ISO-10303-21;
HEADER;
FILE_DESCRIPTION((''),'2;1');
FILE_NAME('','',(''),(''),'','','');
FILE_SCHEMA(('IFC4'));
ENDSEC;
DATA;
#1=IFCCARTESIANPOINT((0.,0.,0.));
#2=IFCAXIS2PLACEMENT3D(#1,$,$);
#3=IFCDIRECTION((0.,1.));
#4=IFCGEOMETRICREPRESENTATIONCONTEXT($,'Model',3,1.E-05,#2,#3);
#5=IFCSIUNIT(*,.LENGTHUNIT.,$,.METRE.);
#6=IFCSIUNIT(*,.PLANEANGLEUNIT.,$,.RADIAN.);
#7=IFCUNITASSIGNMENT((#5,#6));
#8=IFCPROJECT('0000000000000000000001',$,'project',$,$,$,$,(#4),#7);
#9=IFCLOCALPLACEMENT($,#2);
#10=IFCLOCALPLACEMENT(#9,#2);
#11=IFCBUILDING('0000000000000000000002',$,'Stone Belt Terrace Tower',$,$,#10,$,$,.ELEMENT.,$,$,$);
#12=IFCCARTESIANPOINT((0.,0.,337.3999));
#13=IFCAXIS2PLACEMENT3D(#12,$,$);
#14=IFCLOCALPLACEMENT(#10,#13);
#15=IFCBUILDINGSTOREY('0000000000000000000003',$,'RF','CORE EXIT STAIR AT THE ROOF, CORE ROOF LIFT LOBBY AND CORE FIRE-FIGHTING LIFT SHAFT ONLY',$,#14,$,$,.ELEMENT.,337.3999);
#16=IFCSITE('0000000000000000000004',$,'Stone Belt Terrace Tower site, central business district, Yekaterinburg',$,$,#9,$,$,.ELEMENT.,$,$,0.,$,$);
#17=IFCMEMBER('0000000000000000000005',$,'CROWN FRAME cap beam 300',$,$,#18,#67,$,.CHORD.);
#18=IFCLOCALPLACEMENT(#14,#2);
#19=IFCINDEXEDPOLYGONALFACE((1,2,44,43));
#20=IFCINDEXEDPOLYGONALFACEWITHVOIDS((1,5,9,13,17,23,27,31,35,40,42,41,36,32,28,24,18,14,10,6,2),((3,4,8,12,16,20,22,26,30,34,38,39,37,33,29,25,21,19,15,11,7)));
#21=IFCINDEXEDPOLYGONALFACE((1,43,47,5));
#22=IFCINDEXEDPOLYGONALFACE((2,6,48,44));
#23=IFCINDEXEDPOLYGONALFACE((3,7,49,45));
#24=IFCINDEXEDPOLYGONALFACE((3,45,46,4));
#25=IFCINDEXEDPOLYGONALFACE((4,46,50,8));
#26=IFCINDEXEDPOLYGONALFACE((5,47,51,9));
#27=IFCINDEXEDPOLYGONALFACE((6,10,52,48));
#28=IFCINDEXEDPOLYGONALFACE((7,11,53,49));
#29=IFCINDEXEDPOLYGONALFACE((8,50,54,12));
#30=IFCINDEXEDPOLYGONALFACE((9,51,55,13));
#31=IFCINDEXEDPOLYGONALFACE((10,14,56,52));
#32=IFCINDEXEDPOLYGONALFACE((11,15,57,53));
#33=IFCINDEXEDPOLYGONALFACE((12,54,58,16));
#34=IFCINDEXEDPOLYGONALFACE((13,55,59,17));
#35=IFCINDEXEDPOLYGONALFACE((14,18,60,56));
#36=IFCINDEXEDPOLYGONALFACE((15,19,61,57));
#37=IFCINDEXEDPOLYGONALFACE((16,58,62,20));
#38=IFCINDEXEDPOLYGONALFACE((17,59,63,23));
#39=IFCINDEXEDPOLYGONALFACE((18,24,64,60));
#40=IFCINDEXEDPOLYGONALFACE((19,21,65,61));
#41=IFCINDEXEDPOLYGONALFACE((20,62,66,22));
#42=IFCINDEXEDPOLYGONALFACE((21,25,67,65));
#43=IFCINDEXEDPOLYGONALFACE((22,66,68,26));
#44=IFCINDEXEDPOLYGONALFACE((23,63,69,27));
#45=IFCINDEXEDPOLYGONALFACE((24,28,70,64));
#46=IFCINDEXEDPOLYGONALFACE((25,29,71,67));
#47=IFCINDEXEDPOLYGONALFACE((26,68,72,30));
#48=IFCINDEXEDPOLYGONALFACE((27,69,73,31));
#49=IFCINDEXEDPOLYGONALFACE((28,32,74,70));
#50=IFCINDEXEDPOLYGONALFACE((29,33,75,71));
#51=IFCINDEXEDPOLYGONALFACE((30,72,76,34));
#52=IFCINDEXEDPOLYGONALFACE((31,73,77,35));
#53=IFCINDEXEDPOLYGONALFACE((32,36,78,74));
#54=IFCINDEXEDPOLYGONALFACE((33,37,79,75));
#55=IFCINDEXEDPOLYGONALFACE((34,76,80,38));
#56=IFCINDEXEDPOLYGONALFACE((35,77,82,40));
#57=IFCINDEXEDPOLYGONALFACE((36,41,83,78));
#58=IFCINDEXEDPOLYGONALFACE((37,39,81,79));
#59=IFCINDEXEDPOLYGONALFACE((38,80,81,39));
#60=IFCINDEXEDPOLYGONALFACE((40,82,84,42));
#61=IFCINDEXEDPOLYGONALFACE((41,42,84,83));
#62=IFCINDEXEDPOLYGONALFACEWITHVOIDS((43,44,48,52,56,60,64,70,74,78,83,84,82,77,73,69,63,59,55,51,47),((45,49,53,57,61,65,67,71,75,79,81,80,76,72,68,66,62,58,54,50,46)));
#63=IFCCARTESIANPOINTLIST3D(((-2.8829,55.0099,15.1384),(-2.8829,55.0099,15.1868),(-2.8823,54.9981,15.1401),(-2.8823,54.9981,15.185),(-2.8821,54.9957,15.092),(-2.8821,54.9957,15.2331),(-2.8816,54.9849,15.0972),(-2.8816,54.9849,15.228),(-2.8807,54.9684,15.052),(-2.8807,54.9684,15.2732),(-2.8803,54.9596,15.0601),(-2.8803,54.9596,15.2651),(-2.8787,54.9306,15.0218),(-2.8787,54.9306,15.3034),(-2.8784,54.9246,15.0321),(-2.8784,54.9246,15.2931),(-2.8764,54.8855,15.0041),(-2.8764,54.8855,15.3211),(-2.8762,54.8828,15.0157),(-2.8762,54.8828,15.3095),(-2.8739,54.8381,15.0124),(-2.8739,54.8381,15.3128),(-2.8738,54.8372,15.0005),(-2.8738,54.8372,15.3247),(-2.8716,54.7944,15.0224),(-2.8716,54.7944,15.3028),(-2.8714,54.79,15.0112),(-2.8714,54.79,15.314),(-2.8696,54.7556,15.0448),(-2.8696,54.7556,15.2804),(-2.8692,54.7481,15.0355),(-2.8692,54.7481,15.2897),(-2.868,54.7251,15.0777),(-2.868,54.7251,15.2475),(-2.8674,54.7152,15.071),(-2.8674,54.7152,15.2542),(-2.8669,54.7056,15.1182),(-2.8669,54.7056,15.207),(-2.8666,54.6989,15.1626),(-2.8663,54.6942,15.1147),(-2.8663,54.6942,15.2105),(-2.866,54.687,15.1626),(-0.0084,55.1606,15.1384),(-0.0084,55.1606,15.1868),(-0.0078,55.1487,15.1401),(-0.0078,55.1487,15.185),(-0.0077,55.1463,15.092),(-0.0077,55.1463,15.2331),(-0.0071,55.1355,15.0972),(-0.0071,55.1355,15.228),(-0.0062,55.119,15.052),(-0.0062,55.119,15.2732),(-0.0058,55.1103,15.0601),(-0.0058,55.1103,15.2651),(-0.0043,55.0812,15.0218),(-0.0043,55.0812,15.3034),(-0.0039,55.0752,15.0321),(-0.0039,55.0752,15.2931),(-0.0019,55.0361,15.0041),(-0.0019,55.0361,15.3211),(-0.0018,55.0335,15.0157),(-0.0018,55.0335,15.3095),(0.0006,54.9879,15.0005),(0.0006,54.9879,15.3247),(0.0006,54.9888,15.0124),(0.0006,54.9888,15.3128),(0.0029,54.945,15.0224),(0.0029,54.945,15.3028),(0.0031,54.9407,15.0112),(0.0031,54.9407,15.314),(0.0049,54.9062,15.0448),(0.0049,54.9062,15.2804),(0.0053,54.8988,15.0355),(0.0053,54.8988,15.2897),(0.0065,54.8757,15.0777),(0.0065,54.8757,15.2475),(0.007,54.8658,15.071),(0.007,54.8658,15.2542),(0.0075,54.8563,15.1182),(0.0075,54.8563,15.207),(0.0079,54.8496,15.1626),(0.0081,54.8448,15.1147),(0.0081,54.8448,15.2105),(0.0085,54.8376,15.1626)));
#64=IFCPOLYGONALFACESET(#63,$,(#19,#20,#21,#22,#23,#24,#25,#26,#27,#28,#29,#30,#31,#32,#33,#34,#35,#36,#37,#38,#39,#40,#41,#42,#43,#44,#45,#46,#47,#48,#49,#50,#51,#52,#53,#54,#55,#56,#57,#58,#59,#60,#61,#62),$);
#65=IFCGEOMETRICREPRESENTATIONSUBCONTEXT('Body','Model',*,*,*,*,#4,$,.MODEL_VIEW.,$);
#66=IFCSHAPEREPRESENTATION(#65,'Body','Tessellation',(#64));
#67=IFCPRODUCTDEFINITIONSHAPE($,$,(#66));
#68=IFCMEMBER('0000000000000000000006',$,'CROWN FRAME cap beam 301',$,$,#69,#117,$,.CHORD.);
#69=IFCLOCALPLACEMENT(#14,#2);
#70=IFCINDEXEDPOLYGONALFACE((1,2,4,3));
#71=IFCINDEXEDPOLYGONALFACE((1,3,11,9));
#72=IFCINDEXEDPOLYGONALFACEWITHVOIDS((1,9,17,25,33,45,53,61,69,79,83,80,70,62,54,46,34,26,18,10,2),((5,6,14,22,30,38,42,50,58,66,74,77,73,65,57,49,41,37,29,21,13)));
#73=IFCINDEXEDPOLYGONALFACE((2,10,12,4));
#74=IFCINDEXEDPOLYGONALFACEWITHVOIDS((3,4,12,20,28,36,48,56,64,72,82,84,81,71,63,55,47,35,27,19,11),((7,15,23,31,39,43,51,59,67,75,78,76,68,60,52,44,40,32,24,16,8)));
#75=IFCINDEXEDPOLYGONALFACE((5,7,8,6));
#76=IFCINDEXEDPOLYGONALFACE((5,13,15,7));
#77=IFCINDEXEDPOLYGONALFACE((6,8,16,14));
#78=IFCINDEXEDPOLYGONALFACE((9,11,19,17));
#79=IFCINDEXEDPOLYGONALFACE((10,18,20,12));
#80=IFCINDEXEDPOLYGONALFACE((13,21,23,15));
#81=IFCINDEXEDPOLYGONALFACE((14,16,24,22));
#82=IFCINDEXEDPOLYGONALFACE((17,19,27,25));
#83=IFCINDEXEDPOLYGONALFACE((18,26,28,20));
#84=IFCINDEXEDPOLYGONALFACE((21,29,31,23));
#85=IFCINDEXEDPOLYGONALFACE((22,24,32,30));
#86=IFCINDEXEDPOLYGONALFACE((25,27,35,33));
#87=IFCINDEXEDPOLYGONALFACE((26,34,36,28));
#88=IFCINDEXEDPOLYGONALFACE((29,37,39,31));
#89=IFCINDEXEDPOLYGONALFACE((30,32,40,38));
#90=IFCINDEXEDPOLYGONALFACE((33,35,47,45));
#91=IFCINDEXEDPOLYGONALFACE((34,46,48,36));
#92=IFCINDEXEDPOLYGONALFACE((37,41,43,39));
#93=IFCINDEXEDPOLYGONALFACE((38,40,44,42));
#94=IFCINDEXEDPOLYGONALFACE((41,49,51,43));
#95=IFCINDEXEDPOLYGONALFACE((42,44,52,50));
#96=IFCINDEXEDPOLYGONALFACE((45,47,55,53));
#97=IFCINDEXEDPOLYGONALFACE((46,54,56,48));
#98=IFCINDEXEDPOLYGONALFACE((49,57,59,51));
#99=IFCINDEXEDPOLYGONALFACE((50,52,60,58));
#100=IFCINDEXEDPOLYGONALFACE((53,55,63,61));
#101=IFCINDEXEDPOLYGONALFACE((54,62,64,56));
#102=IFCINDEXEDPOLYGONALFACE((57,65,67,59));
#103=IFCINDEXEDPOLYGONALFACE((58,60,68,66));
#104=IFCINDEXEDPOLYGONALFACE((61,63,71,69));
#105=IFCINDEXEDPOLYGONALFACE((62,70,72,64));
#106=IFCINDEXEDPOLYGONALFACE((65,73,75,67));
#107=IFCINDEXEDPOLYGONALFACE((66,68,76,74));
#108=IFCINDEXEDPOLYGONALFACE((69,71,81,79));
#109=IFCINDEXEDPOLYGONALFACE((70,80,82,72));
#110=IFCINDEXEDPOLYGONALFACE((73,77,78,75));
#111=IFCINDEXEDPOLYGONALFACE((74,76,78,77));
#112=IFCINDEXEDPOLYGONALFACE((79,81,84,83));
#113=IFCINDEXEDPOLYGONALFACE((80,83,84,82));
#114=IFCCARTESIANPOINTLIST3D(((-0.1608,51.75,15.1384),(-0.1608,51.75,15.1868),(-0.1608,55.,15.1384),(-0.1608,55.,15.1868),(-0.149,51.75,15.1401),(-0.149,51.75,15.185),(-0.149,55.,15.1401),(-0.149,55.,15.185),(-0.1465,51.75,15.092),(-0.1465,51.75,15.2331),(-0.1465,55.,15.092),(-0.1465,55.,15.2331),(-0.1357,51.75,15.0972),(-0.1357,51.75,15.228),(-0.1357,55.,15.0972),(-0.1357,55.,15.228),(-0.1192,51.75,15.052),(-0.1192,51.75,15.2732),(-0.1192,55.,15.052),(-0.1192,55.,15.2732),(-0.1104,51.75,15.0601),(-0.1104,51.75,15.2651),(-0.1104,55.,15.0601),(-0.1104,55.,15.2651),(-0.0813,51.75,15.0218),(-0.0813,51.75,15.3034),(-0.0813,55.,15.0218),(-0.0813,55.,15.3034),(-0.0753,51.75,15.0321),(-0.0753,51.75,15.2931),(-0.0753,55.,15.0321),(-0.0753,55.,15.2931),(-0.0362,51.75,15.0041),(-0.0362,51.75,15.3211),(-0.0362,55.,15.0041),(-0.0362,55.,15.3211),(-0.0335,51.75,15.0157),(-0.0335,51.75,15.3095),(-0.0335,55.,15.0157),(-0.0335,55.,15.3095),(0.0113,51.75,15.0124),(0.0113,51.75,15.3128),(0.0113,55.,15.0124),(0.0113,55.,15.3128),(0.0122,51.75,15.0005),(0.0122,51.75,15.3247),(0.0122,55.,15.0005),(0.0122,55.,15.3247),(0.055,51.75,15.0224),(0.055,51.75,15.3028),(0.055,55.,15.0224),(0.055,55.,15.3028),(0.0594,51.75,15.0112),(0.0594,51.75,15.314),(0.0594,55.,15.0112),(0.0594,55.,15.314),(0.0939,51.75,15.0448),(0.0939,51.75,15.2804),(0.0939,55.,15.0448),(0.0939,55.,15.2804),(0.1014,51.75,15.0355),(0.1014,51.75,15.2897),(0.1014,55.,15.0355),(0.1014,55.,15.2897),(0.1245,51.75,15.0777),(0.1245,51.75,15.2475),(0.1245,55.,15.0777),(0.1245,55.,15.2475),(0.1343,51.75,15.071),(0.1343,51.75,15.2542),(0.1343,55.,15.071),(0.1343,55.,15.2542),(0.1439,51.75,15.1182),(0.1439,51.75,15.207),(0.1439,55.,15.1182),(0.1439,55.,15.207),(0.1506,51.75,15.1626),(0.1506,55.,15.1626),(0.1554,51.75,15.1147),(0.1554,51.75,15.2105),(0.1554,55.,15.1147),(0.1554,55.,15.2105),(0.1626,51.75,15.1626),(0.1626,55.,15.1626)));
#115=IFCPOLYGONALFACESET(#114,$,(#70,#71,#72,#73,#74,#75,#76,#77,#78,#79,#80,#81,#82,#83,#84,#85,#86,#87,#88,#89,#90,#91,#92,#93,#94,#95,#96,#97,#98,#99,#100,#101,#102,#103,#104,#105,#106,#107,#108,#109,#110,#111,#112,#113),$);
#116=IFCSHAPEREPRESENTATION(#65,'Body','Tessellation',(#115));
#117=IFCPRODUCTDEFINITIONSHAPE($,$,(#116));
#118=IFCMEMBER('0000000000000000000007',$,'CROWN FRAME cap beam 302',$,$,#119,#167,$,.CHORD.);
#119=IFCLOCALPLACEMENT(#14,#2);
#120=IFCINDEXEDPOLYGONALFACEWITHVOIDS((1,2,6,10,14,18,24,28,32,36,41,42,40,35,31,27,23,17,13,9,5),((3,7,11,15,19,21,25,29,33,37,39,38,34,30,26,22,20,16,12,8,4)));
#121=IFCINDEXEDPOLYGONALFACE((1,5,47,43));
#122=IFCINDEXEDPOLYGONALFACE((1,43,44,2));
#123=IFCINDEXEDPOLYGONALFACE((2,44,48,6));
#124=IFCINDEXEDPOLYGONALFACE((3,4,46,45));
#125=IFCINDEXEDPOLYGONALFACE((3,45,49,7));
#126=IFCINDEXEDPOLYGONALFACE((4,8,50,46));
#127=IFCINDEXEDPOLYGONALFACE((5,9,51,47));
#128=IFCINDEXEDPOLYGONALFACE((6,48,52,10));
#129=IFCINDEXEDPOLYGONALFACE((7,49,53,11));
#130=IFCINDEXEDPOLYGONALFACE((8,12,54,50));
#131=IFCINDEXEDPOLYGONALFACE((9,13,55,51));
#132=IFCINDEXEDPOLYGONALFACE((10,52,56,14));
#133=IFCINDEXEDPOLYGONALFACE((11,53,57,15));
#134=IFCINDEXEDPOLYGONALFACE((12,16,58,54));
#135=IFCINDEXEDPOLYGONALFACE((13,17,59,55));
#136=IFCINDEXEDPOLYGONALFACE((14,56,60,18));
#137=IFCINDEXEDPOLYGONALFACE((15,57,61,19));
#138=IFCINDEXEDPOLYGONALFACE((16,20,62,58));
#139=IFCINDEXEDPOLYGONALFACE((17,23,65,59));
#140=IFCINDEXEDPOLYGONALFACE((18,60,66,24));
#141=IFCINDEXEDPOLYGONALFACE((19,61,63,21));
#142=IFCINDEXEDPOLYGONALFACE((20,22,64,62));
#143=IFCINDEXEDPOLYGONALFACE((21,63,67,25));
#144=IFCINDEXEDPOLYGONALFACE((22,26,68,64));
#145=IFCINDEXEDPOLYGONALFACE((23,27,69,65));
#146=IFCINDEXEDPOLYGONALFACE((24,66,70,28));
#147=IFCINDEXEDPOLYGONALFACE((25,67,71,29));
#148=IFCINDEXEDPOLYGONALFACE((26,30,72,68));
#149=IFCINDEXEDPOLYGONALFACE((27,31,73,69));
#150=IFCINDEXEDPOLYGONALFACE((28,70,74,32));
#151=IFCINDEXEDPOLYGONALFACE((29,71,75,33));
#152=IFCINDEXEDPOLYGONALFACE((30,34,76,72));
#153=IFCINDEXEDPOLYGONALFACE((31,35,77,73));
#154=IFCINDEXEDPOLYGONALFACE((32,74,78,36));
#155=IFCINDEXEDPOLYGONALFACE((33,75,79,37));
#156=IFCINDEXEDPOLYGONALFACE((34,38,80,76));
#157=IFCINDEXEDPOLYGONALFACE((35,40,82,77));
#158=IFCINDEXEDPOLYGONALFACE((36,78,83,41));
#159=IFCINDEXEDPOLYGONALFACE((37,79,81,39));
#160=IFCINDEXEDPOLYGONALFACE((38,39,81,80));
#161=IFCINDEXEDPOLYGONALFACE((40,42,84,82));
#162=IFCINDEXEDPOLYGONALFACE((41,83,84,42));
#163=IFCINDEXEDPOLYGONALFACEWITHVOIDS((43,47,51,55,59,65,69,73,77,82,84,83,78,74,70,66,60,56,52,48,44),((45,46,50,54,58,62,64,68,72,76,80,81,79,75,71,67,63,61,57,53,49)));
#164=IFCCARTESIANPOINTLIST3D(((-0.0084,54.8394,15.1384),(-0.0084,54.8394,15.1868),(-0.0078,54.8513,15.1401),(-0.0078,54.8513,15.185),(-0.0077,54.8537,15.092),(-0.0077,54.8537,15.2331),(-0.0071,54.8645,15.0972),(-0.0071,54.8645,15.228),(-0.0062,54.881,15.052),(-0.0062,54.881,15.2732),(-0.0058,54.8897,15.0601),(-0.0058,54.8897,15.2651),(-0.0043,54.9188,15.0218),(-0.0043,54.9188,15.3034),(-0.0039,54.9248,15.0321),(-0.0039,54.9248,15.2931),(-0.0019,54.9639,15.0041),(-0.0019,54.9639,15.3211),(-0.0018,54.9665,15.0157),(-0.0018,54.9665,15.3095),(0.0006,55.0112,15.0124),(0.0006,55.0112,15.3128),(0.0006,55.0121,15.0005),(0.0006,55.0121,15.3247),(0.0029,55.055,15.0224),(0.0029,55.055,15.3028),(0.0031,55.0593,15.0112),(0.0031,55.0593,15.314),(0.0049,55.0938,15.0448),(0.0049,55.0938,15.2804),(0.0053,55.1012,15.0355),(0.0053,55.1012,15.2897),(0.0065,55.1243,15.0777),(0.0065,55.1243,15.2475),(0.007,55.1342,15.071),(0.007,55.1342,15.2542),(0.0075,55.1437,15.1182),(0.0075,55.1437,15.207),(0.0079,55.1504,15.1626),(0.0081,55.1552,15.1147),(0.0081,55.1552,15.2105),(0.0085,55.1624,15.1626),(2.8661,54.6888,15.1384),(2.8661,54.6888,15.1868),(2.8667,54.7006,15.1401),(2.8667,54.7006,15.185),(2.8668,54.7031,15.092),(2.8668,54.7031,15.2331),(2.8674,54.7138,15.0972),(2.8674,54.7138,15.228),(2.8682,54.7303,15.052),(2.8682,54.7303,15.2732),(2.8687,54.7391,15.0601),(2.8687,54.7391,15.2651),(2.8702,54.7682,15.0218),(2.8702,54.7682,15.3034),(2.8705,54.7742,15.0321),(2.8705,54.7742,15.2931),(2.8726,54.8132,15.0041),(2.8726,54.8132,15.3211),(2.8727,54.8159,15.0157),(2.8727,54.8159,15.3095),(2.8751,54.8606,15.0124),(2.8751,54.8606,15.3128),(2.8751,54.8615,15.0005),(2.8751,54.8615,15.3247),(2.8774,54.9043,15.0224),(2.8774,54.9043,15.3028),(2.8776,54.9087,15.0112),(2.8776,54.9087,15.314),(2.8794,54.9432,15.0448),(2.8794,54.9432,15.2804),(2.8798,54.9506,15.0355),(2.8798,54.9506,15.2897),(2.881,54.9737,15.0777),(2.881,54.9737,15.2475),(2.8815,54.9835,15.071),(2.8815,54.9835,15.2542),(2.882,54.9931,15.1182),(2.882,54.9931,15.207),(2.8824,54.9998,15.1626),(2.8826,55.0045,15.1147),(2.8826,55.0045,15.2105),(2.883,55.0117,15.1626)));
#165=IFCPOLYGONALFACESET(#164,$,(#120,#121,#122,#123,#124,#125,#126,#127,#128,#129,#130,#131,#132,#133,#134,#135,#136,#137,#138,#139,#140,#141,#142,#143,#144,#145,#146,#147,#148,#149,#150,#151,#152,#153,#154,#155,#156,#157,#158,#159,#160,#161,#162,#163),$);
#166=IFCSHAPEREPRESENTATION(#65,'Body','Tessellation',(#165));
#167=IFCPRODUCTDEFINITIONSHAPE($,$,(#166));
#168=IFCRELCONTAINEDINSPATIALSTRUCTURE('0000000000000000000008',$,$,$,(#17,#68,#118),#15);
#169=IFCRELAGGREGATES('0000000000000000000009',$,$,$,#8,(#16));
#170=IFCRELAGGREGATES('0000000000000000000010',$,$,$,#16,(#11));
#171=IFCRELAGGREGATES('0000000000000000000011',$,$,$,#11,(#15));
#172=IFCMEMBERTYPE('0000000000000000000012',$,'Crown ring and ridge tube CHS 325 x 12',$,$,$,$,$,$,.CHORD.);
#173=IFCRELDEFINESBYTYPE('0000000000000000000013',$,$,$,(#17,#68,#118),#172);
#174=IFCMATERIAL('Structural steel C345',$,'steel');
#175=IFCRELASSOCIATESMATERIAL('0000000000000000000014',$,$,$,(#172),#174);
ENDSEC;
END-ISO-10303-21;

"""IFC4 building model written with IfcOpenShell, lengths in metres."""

from ifc_helpers import new_model, si_unit, direction, frame, origin, origin_2d, place, context, subcontext, project, spatial, hollow_circle, extrude, material, material_profile, profile_set, type_object, element, save


model = new_model("IFC4")

# Units and contexts
model_context = context("Model", 3, precision=1e-05, world=origin(), true_north=direction((0.0, 1.0)))
body_context = subcontext(model_context, "Body", "Model", "MODEL_VIEW")
ifc_project = project(units=[si_unit("LENGTHUNIT", "METRE"), si_unit("PLANEANGLEUNIT", "RADIAN")], contexts=[model_context])

# Site, building, storey
site_placement = place(None, origin())
site = spatial("IfcSite", under=ifc_project, at=site_placement, Name="Stone Belt Terrace Tower site, central business district, Yekaterinburg", CompositionType="ELEMENT", RefElevation=0.0)
building_placement = place(site_placement, origin())
building = spatial("IfcBuilding", under=site, at=building_placement, Name="Stone Belt Terrace Tower", CompositionType="ELEMENT")
storey_placement = place(building_placement, frame((0.0, 0.0, 337.3999)))
storey = spatial("IfcBuildingStorey", under=building, at=storey_placement, Name="RF", Description="CORE EXIT STAIR AT THE ROOF, CORE ROOF LIFT LOBBY AND CORE FIRE-FIGHTING LIFT SHAFT ONLY", CompositionType="ELEMENT", Elevation=337.3999)

# Members
ifc_material_1 = material(Name="Structural steel C345", Category="steel")
ifc_material_profile_1 = material_profile(ifc_material_1, hollow_circle(Radius=0.1626, WallThickness=0.012, at=origin_2d()), Name="Structural steel C345 CHS 325x12")
ifc_profile_set_1 = profile_set([ifc_material_profile_1], Name="Structural steel C345")
member_type_1 = type_object("IfcMemberType", Name="Crown ring and ridge tube CHS 325 x 12", PredefinedType="CHORD", material=ifc_profile_set_1)
member_1_placement = place(storey_placement, frame((0.0, 55.0, 15.1626), z_axis=(-0.99863, -0.052332, 0.0), x_axis=(0.052332, -0.99863, 0.0)))
element("IfcMember", 1, at=member_1_placement, inside=storey, type_object=member_type_1, Name="CROWN FRAME cap beam 300", PredefinedType="CHORD", context=body_context, shape_type="SweptSolid", body=[
    extrude(hollow_circle(Radius=0.1626, WallThickness=0.012, at=origin_2d()), origin(), (0.0, 0.0, 1.0), 2.8784),
])
member_2_placement = place(storey_placement, frame((0.0, 55.0, 15.1626), z_axis=(0.0, -1.0, 0.0), x_axis=(1.0, 0.0, 0.0)))
element("IfcMember", 2, at=member_2_placement, inside=storey, type_object=member_type_1, Name="CROWN FRAME cap beam 301", PredefinedType="CHORD", context=body_context, shape_type="SweptSolid", body=[
    extrude(hollow_circle(Radius=0.1626, WallThickness=0.012, at=origin_2d()), origin(), (0.0, 0.0, 1.0), 3.25),
])
member_3_placement = place(storey_placement, frame((0.0, 55.0, 15.1626), z_axis=(0.99863, -0.052332, 0.0), x_axis=(0.052332, 0.99863, 0.0)))
element("IfcMember", 3, at=member_3_placement, inside=storey, type_object=member_type_1, Name="CROWN FRAME cap beam 302", PredefinedType="CHORD", context=body_context, shape_type="SweptSolid", body=[
    extrude(hollow_circle(Radius=0.1626, WallThickness=0.012, at=origin_2d()), origin(), (0.0, 0.0, 1.0), 2.8784),
])

save(model, "model.ifc")
